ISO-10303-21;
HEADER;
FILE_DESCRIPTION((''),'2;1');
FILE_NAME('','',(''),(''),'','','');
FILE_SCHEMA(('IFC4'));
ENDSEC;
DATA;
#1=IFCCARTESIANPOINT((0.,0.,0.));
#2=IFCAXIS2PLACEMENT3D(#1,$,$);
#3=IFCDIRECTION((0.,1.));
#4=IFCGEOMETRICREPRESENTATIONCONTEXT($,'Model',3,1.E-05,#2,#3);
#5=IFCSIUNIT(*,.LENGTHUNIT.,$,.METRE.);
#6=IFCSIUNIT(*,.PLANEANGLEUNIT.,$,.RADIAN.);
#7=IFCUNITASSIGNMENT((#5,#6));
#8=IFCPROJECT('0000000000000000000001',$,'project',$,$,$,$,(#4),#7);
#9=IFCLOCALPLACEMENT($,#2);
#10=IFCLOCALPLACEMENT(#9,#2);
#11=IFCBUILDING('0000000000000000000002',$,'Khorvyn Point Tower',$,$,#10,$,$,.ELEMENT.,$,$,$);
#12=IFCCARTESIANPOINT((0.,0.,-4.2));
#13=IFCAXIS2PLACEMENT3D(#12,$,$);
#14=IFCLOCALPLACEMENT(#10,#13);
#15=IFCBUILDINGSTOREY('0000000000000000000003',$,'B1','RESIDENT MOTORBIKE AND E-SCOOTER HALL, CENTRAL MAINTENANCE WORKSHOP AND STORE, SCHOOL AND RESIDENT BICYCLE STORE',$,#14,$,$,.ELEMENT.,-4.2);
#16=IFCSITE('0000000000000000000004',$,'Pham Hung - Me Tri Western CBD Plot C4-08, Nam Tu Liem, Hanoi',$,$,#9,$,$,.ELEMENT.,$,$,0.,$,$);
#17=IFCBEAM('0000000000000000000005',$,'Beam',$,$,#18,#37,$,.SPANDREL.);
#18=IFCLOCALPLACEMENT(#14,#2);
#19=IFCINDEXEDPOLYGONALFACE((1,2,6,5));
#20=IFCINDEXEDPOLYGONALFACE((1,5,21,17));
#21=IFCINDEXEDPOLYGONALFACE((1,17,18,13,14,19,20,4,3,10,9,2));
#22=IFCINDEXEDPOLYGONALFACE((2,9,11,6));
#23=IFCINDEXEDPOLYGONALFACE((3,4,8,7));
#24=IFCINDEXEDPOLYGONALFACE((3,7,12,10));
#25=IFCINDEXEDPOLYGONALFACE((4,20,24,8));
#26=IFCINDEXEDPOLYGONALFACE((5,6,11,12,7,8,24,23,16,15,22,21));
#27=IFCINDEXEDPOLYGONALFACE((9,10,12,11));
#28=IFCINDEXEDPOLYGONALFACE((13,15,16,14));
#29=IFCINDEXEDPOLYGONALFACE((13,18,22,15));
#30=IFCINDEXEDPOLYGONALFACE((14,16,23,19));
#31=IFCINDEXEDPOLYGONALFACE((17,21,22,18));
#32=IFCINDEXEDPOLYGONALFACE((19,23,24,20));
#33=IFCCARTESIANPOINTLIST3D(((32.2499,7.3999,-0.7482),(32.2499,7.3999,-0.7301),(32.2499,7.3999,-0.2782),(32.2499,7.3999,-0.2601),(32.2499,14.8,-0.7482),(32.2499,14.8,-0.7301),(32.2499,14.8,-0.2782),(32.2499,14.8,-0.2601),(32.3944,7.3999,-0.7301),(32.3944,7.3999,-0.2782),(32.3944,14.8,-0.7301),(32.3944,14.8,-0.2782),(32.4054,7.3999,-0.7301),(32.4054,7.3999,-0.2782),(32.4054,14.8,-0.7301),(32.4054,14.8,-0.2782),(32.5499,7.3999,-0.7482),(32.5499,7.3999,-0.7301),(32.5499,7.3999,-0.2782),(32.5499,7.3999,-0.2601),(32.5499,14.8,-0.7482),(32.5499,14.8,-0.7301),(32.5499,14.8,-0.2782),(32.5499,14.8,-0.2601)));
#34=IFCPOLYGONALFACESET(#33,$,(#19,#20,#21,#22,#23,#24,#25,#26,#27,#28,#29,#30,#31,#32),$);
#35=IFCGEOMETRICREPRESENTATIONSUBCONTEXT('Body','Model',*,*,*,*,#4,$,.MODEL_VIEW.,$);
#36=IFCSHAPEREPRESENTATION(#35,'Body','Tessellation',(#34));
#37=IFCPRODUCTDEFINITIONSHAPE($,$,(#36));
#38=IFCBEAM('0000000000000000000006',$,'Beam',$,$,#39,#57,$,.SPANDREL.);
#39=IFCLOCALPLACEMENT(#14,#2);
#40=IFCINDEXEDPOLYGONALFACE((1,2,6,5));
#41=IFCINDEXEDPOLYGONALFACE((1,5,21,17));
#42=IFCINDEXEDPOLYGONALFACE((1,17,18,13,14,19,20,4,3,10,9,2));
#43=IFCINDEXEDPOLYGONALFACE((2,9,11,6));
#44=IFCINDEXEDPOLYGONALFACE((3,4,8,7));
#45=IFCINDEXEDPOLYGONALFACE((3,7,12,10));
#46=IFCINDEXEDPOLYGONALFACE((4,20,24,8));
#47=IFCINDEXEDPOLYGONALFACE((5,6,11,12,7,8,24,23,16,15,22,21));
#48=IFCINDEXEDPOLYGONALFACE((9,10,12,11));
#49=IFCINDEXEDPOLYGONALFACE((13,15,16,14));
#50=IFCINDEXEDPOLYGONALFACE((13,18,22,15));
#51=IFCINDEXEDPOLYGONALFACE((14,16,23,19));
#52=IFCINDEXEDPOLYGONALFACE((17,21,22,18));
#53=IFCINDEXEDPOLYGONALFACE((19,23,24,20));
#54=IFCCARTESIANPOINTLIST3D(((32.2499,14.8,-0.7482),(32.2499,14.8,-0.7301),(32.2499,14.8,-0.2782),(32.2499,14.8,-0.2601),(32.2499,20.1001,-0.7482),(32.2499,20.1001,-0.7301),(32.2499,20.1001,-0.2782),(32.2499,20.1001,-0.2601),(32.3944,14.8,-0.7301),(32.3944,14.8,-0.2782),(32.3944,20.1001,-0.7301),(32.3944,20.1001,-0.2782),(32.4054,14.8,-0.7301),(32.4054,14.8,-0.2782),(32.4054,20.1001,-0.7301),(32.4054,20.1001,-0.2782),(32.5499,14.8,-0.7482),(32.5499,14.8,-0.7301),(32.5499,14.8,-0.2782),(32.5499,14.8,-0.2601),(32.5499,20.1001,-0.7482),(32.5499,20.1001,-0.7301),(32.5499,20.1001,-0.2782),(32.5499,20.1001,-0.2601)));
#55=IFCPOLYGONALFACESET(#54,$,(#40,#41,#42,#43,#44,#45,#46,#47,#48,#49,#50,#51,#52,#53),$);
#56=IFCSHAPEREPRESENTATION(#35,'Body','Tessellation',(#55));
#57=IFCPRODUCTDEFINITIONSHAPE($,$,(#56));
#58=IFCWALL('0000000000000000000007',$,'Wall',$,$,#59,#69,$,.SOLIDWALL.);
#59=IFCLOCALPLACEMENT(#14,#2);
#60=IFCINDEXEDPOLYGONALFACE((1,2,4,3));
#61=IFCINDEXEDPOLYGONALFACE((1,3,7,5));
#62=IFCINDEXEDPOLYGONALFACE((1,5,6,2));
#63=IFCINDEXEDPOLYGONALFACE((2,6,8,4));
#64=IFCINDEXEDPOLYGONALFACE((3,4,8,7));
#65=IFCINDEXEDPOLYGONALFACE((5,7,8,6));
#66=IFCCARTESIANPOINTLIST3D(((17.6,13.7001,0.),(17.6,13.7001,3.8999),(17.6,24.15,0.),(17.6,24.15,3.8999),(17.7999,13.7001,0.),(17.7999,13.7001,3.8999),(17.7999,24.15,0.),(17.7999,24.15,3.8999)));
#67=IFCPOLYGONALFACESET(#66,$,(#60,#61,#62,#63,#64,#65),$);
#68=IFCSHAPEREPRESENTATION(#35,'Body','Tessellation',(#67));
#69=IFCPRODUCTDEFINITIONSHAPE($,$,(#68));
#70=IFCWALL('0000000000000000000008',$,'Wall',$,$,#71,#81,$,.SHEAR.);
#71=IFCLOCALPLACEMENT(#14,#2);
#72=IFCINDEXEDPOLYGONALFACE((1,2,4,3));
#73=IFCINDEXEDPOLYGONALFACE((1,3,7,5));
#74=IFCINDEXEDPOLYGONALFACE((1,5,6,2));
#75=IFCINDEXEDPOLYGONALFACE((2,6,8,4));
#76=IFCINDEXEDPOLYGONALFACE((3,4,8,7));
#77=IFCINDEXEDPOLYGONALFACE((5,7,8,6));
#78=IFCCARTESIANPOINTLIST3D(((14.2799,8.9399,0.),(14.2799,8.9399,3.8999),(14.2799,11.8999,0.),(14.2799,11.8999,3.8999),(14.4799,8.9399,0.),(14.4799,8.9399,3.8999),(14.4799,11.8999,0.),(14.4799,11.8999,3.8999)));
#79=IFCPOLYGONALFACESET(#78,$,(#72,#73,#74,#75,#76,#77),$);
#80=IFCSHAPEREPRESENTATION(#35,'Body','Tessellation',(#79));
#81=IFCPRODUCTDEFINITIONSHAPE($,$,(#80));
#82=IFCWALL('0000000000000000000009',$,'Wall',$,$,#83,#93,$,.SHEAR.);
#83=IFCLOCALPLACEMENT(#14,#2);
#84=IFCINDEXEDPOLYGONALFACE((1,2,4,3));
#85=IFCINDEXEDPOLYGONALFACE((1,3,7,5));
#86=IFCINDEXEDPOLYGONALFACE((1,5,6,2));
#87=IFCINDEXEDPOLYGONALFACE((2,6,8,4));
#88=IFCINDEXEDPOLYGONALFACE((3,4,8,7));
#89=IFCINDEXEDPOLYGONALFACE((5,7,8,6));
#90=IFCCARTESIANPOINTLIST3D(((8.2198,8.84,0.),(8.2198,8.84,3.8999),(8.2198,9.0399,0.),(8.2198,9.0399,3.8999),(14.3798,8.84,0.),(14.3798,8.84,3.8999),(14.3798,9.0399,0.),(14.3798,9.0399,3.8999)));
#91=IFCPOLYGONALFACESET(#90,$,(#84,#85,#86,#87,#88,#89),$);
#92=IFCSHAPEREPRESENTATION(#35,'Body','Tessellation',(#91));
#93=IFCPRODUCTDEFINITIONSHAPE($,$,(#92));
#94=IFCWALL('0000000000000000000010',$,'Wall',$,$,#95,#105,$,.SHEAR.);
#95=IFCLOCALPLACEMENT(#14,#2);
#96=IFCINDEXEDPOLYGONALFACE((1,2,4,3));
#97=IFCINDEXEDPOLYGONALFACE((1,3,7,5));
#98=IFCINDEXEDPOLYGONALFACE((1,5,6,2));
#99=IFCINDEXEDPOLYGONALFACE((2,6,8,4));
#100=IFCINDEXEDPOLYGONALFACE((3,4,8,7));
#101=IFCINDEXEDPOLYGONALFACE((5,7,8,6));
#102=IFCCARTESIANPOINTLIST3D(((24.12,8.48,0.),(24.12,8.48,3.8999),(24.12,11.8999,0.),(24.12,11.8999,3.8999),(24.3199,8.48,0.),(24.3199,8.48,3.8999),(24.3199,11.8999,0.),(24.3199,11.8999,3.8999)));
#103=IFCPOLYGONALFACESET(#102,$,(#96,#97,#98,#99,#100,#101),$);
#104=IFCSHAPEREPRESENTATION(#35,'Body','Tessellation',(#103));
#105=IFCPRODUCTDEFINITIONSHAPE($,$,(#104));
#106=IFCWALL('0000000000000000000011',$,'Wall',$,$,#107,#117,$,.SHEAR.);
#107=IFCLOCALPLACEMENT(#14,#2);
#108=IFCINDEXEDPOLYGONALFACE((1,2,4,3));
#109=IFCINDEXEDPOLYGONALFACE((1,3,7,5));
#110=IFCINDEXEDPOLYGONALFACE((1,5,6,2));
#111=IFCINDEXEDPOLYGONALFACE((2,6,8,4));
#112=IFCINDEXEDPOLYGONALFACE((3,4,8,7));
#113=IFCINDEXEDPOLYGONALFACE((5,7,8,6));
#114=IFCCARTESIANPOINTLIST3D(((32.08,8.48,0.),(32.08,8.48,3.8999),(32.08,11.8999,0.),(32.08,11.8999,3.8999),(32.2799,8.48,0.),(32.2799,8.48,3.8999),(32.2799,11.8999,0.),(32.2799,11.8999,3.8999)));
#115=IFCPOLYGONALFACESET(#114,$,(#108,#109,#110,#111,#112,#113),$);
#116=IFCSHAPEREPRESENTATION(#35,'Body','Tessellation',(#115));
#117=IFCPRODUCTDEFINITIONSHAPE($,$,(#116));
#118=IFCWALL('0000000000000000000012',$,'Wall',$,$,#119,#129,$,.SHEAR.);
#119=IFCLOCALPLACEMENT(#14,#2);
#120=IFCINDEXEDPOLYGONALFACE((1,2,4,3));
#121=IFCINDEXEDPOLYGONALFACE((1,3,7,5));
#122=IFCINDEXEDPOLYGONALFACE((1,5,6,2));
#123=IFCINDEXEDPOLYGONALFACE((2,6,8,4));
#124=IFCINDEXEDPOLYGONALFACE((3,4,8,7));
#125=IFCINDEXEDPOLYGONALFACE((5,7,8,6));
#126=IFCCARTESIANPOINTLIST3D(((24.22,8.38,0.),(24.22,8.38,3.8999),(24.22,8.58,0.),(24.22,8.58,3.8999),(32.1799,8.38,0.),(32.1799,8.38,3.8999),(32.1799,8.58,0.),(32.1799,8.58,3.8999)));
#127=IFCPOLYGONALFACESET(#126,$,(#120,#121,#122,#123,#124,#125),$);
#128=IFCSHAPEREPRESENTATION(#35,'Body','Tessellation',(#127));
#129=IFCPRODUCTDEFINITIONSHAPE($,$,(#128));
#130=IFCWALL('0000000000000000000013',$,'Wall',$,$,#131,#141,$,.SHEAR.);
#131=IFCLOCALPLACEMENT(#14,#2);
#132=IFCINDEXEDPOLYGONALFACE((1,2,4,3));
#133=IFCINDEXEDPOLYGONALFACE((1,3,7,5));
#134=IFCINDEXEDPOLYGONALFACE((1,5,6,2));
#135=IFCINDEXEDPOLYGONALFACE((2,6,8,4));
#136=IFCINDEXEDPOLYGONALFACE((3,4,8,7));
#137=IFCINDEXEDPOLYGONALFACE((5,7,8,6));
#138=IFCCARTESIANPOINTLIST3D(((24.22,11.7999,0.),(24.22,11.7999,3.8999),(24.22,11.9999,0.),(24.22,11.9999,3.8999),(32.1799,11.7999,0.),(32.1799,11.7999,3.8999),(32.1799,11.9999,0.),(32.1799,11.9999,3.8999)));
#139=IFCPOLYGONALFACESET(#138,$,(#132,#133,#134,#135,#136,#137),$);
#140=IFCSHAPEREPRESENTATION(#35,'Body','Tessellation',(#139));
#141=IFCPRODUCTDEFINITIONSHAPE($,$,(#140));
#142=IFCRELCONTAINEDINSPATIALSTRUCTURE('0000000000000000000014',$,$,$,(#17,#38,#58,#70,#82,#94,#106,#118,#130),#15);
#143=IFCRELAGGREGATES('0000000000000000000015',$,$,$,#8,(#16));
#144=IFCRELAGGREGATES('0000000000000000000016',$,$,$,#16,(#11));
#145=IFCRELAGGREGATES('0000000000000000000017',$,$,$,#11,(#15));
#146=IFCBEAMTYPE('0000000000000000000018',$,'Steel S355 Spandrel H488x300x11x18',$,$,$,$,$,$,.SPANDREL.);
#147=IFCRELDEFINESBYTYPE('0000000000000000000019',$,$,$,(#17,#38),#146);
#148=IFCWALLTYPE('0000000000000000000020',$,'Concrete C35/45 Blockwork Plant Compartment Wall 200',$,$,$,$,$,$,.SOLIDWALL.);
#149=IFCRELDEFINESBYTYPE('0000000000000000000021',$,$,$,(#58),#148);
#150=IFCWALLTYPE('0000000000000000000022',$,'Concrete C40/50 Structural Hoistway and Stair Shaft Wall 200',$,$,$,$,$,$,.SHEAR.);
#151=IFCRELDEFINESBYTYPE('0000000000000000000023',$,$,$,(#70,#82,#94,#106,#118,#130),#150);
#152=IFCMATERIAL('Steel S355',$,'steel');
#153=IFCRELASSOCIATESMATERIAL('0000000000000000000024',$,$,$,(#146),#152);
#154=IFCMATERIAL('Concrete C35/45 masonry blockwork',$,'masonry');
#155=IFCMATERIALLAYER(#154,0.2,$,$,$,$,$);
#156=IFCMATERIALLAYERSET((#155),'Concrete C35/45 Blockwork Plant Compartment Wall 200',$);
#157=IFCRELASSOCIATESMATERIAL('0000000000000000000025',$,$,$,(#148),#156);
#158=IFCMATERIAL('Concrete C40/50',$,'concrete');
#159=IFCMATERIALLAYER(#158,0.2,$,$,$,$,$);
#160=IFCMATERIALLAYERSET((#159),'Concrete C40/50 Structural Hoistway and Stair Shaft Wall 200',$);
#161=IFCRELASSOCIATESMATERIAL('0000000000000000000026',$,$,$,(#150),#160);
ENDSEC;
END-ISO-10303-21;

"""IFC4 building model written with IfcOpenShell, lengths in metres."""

from ifc_helpers import new_model, si_unit, direction, frame, frame_2d, origin, origin_2d, place, context, subcontext, project, spatial, rectangle, i_section, extrude, material, layer, layer_set, material_profile, profile_set, type_object, element, save


model = new_model("IFC4")

# Units and contexts
model_context = context("Model", 3, precision=1e-05, world=origin(), true_north=direction((0.0, 1.0)))
body_context = subcontext(model_context, "Body", "Model", "MODEL_VIEW")
ifc_project = project(units=[si_unit("LENGTHUNIT", "METRE"), si_unit("PLANEANGLEUNIT", "RADIAN")], contexts=[model_context])

# Site, building, storey
site_placement = place(None, origin())
site = spatial("IfcSite", under=ifc_project, at=site_placement, Name="Pham Hung - Me Tri Western CBD Plot C4-08, Nam Tu Liem, Hanoi", CompositionType="ELEMENT", RefElevation=0.0)
building_placement = place(site_placement, origin())
building = spatial("IfcBuilding", under=site, at=building_placement, Name="Khorvyn Point Tower", CompositionType="ELEMENT")
storey_placement = place(building_placement, frame((0.0, 0.0, -4.2)))
storey = spatial("IfcBuildingStorey", under=building, at=storey_placement, Name="B1", Description="RESIDENT MOTORBIKE AND E-SCOOTER HALL, CENTRAL MAINTENANCE WORKSHOP AND STORE, SCHOOL AND RESIDENT BICYCLE STORE", CompositionType="ELEMENT", Elevation=-4.2)

# Shared definitions
ifc_material_1 = material(Name="Concrete C40/50", Category="concrete")

# Beams
ifc_material_2 = material(Name="Steel S355", Category="steel")
ifc_material_profile_1 = material_profile(ifc_material_2, i_section(OverallWidth=0.3, OverallDepth=0.488, WebThickness=0.011, FlangeThickness=0.0181, at=origin_2d()))
ifc_profile_set_1 = profile_set([ifc_material_profile_1], Name="Steel S355 H488x300x11x18")
beam_type_1 = type_object("IfcBeamType", Name="Steel S355 Spandrel H488x300x11x18", PredefinedType="SPANDREL", material=ifc_profile_set_1)
beam_1_placement = place(storey_placement, frame((32.3999, 7.3999, -0.5042), z_axis=(0.0, 1.0, 0.0), x_axis=(-1.0, 0.0, 0.0)))
element("IfcBeam", 1, at=beam_1_placement, inside=storey, type_object=beam_type_1, Name="Beam", PredefinedType="SPANDREL", context=body_context, shape_type="SweptSolid", body=[
    extrude(i_section(OverallWidth=0.3, OverallDepth=0.488, WebThickness=0.011, FlangeThickness=0.0181, at=origin_2d()), origin(), (0.0, 0.0, 1.0), 7.4001),
])
beam_2_placement = place(storey_placement, frame((32.3999, 14.8, -0.5042), z_axis=(0.0, 1.0, 0.0), x_axis=(-1.0, 0.0, 0.0)))
element("IfcBeam", 2, at=beam_2_placement, inside=storey, type_object=beam_type_1, Name="Beam", PredefinedType="SPANDREL", context=body_context, shape_type="SweptSolid", body=[
    extrude(i_section(OverallWidth=0.3, OverallDepth=0.488, WebThickness=0.011, FlangeThickness=0.0181, at=origin_2d()), origin(), (0.0, 0.0, 1.0), 5.3),
])

# Walls
ifc_material_3 = material(Name="Concrete C35/45 masonry blockwork", Category="masonry")
ifc_layer_1 = layer(ifc_material_3, 0.2)
ifc_layer_set_1 = layer_set([ifc_layer_1], Name="Concrete C35/45 Blockwork Plant Compartment Wall 200")
wall_type_1 = type_object("IfcWallType", Name="Concrete C35/45 Blockwork Plant Compartment Wall 200", PredefinedType="SOLIDWALL", material=ifc_layer_set_1)
wall_1_placement = place(storey_placement, frame((17.7, 13.7, 0.0), z_axis=(0.0, 0.0, 1.0), x_axis=(0.0, 1.0, 0.0)))
element("IfcWall", 3, at=wall_1_placement, inside=storey, type_object=wall_type_1, Name="Wall", PredefinedType="SOLIDWALL", context=body_context, shape_type="SweptSolid", body=[
    extrude(rectangle(XDim=10.45, YDim=0.2, at=frame_2d((5.2251, 0.0))), origin(), (0.0, 0.0, 1.0), 3.8999),
])
ifc_layer_2 = layer(ifc_material_1, 0.2)
ifc_layer_set_2 = layer_set([ifc_layer_2], Name="Concrete C40/50 Structural Hoistway and Stair Shaft Wall 200")
wall_type_2 = type_object("IfcWallType", Name="Concrete C40/50 Structural Hoistway and Stair Shaft Wall 200", PredefinedType="SHEAR", material=ifc_layer_set_2)
wall_2_placement = place(storey_placement, frame((14.3799, 11.8999, 0.0), z_axis=(0.0, 0.0, 1.0), x_axis=(0.0, -1.0, 0.0)))
element("IfcWall", 4, at=wall_2_placement, inside=storey, type_object=wall_type_2, Name="Wall", PredefinedType="SHEAR", context=body_context, shape_type="SweptSolid", body=[
    extrude(rectangle(XDim=2.96, YDim=0.2, at=frame_2d((1.48, 0.0))), origin(), (0.0, 0.0, 1.0), 3.8999),
])
wall_3_placement = place(storey_placement, frame((14.3799, 8.9399, 0.0), z_axis=(0.0, 0.0, 1.0), x_axis=(-1.0, 0.0, 0.0)))
element("IfcWall", 5, at=wall_3_placement, inside=storey, type_object=wall_type_2, Name="Wall", PredefinedType="SHEAR", context=body_context, shape_type="SweptSolid", body=[
    extrude(rectangle(XDim=6.1599, YDim=0.2, at=frame_2d((3.0801, 0.0))), origin(), (0.0, 0.0, 1.0), 3.8999),
])
for number, where, z_axis, x_axis, name in (
    (6, (24.22, 8.48, 0.0), (0.0, 0.0, 1.0), (0.0, 1.0, 0.0), "Wall"),
    (7, (32.1799, 11.8999, 0.0), (0.0, 0.0, 1.0), (0.0, -1.0, 0.0), "Wall"),
):
    element("IfcWall", number, at=place(storey_placement, frame(where, z_axis=z_axis, x_axis=x_axis)), inside=storey, type_object=wall_type_2, Name=name, PredefinedType="SHEAR", context=body_context, shape_type="SweptSolid", body=[
        extrude(rectangle(XDim=3.4199, YDim=0.2, at=frame_2d((1.71, 0.0))), origin(), (0.0, 0.0, 1.0), 3.8999),
    ])
for number, where, z_axis, x_axis, name in (
    (8, (32.1799, 8.48, 0.0), (0.0, 0.0, 1.0), (-1.0, 0.0, 0.0), "Wall"),
    (9, (24.22, 11.8999, 0.0), (0.0, 0.0, 1.0), (1.0, 0.0, 0.0), "Wall"),
):
    element("IfcWall", number, at=place(storey_placement, frame(where, z_axis=z_axis, x_axis=x_axis)), inside=storey, type_object=wall_type_2, Name=name, PredefinedType="SHEAR", context=body_context, shape_type="SweptSolid", body=[
        extrude(rectangle(XDim=7.96, YDim=0.2, at=frame_2d((3.98, 0.0))), origin(), (0.0, 0.0, 1.0), 3.8999),
    ])

save(model, "model.ifc")
